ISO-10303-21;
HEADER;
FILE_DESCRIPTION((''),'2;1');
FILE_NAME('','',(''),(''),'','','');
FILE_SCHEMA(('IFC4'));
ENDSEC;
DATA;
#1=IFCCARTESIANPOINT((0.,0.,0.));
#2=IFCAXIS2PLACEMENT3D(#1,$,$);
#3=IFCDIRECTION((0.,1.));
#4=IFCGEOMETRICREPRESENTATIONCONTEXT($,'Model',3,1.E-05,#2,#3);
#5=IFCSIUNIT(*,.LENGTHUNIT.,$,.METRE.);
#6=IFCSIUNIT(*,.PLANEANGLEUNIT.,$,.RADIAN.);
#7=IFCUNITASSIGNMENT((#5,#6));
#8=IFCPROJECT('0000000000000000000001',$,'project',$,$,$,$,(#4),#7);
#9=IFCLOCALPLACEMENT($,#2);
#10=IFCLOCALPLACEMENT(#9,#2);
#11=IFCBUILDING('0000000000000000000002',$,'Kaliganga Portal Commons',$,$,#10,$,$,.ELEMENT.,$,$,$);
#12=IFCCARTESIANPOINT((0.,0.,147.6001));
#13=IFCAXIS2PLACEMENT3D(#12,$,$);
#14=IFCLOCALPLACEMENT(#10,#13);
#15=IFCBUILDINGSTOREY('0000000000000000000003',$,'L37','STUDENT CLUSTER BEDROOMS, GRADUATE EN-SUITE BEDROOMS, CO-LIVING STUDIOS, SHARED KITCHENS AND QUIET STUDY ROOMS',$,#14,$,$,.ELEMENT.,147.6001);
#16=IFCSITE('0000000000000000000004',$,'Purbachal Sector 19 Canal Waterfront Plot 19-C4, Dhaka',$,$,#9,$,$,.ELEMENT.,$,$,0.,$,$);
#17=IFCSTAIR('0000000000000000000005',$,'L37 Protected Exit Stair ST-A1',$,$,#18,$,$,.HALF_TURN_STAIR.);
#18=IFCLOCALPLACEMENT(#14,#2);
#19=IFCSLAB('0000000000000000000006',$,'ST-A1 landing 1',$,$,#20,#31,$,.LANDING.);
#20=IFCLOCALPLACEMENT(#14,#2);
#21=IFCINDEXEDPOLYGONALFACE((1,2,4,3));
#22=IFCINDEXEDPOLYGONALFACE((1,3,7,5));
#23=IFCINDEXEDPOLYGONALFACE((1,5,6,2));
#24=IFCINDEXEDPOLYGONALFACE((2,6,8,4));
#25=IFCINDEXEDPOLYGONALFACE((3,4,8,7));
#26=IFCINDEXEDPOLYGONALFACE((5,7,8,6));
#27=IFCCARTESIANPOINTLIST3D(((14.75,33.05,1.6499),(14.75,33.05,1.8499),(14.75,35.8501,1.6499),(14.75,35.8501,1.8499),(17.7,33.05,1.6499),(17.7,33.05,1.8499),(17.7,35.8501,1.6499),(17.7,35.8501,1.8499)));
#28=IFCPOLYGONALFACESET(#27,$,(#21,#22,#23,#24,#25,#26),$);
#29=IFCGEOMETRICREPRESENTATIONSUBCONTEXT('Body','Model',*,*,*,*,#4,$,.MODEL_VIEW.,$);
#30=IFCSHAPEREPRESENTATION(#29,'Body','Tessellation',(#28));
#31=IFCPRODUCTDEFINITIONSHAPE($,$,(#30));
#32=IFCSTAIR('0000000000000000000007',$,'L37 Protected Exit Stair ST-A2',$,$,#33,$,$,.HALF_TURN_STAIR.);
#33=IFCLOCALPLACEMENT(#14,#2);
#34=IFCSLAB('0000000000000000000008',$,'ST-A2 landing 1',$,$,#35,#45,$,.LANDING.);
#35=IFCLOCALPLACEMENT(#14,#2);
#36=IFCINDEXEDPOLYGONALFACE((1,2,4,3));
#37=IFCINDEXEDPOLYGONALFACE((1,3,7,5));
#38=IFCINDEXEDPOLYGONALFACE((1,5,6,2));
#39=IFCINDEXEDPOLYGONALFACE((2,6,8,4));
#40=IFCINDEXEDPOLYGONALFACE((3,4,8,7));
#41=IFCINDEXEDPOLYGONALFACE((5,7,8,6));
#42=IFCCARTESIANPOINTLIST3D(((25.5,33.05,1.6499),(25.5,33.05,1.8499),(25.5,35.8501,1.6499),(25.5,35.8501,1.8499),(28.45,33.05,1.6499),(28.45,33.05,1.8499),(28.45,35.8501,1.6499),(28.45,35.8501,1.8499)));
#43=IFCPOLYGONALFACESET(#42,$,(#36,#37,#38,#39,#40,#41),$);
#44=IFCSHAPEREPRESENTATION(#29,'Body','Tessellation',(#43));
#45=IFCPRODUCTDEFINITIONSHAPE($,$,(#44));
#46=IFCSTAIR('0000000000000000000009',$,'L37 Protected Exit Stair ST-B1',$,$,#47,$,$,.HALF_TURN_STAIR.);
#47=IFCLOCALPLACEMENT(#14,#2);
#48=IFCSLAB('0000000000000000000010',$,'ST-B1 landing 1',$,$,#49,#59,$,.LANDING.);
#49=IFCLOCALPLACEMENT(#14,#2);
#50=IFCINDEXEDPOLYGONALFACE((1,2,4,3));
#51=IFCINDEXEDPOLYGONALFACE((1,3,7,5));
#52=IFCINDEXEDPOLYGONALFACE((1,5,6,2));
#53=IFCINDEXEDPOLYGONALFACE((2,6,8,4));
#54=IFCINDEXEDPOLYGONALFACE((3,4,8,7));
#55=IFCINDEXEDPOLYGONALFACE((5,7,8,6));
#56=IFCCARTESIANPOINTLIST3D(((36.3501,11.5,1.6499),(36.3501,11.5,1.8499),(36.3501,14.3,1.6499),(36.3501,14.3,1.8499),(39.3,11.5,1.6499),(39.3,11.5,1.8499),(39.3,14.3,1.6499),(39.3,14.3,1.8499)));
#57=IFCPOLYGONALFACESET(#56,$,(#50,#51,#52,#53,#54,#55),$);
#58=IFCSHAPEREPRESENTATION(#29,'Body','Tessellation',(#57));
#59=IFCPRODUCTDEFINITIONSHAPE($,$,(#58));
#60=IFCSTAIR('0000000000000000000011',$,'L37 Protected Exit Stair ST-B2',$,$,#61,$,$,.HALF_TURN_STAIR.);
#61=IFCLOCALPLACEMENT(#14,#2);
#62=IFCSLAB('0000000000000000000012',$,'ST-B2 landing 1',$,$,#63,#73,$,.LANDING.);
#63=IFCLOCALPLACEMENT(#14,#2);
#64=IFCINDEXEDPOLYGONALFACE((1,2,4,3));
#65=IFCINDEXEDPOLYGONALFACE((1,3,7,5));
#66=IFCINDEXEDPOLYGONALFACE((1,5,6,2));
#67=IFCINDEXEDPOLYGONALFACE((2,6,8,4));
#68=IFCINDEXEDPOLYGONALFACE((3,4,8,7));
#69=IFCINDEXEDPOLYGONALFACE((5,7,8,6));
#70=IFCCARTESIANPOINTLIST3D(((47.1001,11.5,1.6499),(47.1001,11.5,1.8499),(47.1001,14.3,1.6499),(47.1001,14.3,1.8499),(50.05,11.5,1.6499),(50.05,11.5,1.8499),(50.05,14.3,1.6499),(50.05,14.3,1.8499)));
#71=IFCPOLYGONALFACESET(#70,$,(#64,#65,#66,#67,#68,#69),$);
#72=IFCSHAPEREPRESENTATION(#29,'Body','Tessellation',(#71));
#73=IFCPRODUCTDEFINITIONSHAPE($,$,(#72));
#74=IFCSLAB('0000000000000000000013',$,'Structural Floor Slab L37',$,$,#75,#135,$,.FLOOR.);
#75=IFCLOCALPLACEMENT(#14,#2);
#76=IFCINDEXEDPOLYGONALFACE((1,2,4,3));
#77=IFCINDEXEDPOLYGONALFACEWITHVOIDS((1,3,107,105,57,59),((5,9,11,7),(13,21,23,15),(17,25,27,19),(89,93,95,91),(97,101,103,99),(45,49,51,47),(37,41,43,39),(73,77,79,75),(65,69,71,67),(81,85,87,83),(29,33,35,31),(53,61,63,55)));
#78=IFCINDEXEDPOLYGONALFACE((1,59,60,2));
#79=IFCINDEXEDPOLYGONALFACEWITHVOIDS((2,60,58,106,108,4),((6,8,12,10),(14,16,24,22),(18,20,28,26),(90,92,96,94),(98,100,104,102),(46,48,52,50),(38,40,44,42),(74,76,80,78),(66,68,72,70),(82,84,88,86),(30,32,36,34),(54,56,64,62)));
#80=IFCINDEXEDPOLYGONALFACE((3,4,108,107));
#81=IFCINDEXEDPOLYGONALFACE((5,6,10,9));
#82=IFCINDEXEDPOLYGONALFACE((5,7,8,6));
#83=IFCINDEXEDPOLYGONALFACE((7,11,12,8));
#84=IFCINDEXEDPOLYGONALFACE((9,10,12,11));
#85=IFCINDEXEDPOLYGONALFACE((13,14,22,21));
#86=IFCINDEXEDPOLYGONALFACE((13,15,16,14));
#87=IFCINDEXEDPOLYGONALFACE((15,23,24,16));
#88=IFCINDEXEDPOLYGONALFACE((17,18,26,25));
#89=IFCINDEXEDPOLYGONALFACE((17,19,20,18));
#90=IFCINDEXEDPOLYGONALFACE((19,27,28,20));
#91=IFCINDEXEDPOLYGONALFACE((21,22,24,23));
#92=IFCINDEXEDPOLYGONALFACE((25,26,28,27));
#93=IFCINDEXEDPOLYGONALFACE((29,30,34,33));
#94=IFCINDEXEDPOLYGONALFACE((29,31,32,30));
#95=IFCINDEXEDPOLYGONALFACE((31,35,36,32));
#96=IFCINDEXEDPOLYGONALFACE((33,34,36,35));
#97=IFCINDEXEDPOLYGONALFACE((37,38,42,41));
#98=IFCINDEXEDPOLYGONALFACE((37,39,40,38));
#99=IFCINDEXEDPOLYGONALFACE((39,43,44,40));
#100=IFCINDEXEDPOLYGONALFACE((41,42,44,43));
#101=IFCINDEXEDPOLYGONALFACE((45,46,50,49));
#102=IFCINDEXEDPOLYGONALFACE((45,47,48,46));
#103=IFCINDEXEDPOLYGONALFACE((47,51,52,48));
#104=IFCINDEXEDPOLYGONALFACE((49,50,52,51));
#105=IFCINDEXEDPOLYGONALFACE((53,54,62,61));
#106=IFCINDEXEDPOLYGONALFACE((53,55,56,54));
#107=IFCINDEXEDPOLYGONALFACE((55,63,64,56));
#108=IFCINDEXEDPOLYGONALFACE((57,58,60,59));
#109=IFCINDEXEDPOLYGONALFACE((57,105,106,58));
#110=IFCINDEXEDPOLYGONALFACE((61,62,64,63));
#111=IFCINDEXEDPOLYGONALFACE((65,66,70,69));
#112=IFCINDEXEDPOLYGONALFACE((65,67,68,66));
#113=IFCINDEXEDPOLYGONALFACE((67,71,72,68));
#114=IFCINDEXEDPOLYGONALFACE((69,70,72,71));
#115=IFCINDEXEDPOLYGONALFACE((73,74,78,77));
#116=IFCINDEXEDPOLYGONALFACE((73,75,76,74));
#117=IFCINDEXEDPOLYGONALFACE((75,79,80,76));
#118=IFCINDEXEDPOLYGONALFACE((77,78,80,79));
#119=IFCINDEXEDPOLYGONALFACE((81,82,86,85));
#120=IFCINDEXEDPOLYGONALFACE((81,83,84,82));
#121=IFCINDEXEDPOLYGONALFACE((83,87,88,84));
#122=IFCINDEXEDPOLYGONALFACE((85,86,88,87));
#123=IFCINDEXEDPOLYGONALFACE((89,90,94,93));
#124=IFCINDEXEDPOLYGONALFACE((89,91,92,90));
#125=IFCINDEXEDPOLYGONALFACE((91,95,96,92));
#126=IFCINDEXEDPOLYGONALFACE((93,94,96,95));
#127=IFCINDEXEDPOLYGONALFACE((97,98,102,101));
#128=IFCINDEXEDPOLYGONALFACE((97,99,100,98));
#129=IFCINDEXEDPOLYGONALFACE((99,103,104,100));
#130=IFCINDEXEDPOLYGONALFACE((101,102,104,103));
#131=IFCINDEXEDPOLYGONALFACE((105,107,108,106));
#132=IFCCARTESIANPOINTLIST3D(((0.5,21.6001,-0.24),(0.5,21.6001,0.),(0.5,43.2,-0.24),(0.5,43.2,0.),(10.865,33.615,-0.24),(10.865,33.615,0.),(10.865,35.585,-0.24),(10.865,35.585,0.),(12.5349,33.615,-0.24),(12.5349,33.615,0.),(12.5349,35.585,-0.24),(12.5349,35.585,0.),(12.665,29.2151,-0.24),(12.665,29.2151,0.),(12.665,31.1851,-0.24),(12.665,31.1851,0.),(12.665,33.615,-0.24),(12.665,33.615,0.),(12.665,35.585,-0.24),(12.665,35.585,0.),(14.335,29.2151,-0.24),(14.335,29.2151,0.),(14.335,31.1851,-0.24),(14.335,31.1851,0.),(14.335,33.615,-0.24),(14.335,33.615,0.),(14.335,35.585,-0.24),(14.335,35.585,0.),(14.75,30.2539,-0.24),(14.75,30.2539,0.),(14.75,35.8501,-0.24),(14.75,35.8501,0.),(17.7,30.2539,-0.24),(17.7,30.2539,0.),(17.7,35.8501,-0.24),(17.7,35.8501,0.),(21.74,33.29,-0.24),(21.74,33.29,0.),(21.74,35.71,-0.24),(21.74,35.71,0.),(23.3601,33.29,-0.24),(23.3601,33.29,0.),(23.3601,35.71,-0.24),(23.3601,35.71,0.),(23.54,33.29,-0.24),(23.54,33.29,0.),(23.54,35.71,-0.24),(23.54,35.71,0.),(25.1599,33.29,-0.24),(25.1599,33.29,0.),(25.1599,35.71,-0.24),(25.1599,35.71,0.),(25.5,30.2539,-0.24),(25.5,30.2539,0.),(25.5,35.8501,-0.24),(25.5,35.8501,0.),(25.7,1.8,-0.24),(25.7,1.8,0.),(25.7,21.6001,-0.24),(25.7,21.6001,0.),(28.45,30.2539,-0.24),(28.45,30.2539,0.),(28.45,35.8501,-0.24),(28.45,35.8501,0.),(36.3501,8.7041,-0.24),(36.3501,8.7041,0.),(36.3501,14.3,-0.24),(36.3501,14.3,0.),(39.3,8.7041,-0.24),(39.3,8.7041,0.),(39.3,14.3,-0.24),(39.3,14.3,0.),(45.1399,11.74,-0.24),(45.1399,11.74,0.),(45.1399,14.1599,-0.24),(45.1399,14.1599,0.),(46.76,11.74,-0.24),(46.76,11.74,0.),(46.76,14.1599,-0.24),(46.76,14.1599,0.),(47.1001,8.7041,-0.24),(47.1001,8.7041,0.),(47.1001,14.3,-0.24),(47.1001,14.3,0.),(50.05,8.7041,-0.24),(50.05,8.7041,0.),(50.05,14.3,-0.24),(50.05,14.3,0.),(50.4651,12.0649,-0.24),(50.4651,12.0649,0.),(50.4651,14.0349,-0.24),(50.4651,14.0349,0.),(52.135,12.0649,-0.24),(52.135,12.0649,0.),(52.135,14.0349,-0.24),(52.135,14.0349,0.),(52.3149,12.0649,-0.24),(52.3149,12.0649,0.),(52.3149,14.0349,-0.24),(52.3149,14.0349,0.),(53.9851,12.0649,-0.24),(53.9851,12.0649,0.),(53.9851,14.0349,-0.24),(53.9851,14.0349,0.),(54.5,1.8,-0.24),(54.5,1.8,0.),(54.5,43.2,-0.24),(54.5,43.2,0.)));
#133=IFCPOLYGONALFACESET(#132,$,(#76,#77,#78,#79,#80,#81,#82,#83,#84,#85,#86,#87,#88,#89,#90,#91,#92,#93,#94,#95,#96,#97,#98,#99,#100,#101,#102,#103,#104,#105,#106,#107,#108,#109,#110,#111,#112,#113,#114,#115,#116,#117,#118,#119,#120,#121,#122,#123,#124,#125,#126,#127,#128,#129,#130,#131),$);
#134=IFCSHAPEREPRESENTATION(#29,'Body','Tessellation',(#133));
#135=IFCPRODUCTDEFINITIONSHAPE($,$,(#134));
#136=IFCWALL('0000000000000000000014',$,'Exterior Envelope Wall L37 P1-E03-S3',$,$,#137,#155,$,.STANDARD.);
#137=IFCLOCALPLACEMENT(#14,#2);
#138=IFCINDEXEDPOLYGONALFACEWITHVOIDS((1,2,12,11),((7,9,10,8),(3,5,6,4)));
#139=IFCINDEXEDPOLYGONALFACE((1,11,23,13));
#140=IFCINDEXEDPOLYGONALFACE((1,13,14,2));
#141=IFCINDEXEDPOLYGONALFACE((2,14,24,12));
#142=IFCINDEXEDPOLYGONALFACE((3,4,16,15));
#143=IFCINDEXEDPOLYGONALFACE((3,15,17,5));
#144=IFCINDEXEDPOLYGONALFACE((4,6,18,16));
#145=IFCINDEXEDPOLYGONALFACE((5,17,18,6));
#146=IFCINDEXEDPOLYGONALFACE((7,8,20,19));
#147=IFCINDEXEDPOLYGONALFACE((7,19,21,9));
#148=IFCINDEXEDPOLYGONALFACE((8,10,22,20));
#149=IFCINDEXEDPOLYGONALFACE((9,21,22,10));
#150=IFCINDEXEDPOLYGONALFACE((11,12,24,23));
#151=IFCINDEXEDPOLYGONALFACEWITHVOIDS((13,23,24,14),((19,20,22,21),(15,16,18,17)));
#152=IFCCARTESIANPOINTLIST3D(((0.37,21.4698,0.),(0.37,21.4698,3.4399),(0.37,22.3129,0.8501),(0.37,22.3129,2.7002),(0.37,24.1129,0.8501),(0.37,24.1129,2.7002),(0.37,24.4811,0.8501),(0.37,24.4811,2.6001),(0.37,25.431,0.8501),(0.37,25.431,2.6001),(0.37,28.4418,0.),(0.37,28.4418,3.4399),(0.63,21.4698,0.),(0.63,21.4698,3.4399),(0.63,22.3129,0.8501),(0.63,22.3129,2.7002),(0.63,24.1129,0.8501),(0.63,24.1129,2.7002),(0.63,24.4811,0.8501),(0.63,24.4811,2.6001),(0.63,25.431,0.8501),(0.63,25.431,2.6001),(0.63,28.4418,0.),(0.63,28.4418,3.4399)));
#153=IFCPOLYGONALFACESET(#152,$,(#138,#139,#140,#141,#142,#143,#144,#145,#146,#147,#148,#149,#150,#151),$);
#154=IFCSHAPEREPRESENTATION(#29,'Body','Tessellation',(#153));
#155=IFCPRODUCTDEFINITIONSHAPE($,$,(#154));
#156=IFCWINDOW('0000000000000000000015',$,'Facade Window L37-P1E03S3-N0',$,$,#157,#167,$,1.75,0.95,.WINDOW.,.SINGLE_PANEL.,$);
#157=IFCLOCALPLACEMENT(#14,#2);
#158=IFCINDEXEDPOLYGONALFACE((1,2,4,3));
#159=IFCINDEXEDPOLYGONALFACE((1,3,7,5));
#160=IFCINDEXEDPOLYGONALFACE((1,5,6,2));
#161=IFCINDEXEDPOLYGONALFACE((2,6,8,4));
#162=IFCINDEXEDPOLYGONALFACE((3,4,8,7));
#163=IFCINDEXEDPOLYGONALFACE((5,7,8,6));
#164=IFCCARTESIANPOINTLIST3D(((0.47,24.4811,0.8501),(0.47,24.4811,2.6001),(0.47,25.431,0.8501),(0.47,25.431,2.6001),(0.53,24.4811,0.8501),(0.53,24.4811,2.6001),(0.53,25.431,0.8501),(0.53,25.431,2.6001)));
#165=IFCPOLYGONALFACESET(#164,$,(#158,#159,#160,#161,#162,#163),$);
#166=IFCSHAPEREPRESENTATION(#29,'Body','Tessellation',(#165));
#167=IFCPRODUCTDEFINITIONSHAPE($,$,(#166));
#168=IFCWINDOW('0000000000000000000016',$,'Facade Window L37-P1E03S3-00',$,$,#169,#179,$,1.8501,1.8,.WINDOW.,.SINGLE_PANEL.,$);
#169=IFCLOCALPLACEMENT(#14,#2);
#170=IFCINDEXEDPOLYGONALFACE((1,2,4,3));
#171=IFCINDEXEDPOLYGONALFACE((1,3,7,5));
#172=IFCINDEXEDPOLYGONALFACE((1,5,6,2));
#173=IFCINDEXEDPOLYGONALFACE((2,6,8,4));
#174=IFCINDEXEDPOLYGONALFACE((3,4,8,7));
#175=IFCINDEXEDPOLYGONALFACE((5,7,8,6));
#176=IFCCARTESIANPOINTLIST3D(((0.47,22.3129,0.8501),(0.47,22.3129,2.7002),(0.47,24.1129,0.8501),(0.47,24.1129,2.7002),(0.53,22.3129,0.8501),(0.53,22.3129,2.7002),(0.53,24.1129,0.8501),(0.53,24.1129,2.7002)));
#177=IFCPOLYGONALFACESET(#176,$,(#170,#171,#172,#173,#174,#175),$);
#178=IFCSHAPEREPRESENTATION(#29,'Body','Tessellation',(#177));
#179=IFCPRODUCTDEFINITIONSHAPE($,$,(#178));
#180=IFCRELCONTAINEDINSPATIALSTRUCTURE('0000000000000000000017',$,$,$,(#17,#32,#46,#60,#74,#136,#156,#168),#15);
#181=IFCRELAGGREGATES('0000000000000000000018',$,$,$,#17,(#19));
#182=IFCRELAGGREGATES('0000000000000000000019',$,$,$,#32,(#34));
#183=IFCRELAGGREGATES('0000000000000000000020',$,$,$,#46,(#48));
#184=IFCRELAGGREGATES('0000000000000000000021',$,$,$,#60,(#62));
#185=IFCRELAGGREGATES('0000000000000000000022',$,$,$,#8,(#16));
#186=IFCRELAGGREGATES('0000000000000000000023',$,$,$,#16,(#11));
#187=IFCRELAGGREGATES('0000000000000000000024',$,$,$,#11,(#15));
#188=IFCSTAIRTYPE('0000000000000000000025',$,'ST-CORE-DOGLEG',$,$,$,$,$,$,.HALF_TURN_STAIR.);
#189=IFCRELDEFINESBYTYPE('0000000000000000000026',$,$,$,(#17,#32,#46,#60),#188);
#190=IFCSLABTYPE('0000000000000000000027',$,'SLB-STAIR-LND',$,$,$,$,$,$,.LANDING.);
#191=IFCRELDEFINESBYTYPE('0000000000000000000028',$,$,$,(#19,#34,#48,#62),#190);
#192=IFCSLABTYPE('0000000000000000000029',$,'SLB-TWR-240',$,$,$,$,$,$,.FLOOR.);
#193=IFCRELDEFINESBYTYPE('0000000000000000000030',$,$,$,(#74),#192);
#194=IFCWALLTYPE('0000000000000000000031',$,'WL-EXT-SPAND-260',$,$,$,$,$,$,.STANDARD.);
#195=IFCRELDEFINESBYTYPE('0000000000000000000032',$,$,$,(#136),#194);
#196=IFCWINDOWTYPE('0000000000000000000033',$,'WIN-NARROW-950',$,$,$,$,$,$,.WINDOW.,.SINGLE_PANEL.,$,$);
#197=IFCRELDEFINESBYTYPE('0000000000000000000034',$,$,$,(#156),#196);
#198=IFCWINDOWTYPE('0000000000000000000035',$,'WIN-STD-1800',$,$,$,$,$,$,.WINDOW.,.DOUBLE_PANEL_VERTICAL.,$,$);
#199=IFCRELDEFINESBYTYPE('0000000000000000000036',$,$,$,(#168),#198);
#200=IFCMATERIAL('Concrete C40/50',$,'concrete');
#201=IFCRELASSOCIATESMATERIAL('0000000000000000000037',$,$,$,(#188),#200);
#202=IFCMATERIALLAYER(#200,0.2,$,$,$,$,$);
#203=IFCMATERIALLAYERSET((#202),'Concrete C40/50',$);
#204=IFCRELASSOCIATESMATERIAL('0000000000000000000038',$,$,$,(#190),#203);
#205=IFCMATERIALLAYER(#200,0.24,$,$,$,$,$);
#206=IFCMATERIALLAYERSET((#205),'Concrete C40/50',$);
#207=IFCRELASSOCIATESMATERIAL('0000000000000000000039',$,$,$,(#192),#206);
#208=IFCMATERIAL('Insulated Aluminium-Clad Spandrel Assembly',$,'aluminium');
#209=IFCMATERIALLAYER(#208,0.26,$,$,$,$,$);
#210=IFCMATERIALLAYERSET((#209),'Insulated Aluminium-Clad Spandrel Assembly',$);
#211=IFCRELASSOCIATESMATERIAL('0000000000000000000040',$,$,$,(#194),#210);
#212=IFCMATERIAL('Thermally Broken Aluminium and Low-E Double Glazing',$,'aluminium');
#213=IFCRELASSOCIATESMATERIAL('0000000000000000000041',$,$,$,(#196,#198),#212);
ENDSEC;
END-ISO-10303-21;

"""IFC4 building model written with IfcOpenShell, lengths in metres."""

from ifc_helpers import new_model, si_unit, direction, frame, frame_2d, origin, place, context, subcontext, project, spatial, polyline, rectangle, outline, extrude, material, layer, layer_set, type_object, element, fill, aggregate, save


model = new_model("IFC4")

# Units and contexts
model_context = context("Model", 3, precision=1e-05, world=origin(), true_north=direction((0.0, 1.0)))
body_context = subcontext(model_context, "Body", "Model", "MODEL_VIEW")
ifc_project = project(units=[si_unit("LENGTHUNIT", "METRE"), si_unit("PLANEANGLEUNIT", "RADIAN")], contexts=[model_context])

# Site, building, storey
site_placement = place(None, origin())
site = spatial("IfcSite", under=ifc_project, at=site_placement, Name="Purbachal Sector 19 Canal Waterfront Plot 19-C4, Dhaka", CompositionType="ELEMENT", RefElevation=0.0)
building_placement = place(site_placement, origin())
building = spatial("IfcBuilding", under=site, at=building_placement, Name="Kaliganga Portal Commons", CompositionType="ELEMENT")
storey_placement = place(building_placement, frame((0.0, 0.0, 147.6001)))
storey = spatial("IfcBuildingStorey", under=building, at=storey_placement, Name="L37", Description="STUDENT CLUSTER BEDROOMS, GRADUATE EN-SUITE BEDROOMS, CO-LIVING STUDIOS, SHARED KITCHENS AND QUIET STUDY ROOMS", CompositionType="ELEMENT", Elevation=147.6001)

# Shared definitions
ifc_material_1 = material(Name="Concrete C40/50", Category="concrete")

# Stairs, slabs
stair_type = type_object("IfcStairType", Name="ST-CORE-DOGLEG", PredefinedType="HALF_TURN_STAIR", material=ifc_material_1)
stair_1_placement = place(storey_placement, origin())
stair_1 = element("IfcStair", 1, at=stair_1_placement, inside=storey, type_object=stair_type, Name="L37 Protected Exit Stair ST-A1", PredefinedType="HALF_TURN_STAIR")
ifc_layer_1 = layer(ifc_material_1, 0.2)
ifc_layer_set_1 = layer_set([ifc_layer_1], Name="Concrete C40/50")
slab_type_1 = type_object("IfcSlabType", Name="SLB-STAIR-LND", PredefinedType="LANDING", material=ifc_layer_set_1)
slab_1_placement = place(storey_placement, frame((0.0, 0.0, 1.6499)))
slab_1 = element("IfcSlab", 2, at=slab_1_placement, type_object=slab_type_1, Name="ST-A1 landing 1", PredefinedType="LANDING", context=body_context, shape_type="SweptSolid", body=[
    extrude(outline(polyline([(17.7, 33.05), (17.7, 35.8501), (14.75, 35.8501), (14.75, 33.05), (17.7, 33.05)])), origin(), (0.0, 0.0, 1.0), 0.2),
])
aggregate(stair_1, [slab_1])
stair_2_placement = place(storey_placement, origin())
stair_2 = element("IfcStair", 3, at=stair_2_placement, inside=storey, type_object=stair_type, Name="L37 Protected Exit Stair ST-A2", PredefinedType="HALF_TURN_STAIR")
slab_2_placement = place(storey_placement, frame((0.0, 0.0, 1.6499)))
slab_2 = element("IfcSlab", 4, at=slab_2_placement, type_object=slab_type_1, Name="ST-A2 landing 1", PredefinedType="LANDING", context=body_context, shape_type="SweptSolid", body=[
    extrude(outline(polyline([(28.45, 33.05), (28.45, 35.8501), (25.5, 35.8501), (25.5, 33.05), (28.45, 33.05)])), origin(), (0.0, 0.0, 1.0), 0.2),
])
aggregate(stair_2, [slab_2])
stair_3_placement = place(storey_placement, origin())
stair_3 = element("IfcStair", 5, at=stair_3_placement, inside=storey, type_object=stair_type, Name="L37 Protected Exit Stair ST-B1", PredefinedType="HALF_TURN_STAIR")
slab_3_placement = place(storey_placement, frame((0.0, 0.0, 1.6499)))
slab_3 = element("IfcSlab", 6, at=slab_3_placement, type_object=slab_type_1, Name="ST-B1 landing 1", PredefinedType="LANDING", context=body_context, shape_type="SweptSolid", body=[
    extrude(outline(polyline([(39.3, 11.5), (39.3, 14.3), (36.3501, 14.3), (36.3501, 11.5), (39.3, 11.5)])), origin(), (0.0, 0.0, 1.0), 0.2),
])
aggregate(stair_3, [slab_3])
stair_4_placement = place(storey_placement, origin())
stair_4 = element("IfcStair", 7, at=stair_4_placement, inside=storey, type_object=stair_type, Name="L37 Protected Exit Stair ST-B2", PredefinedType="HALF_TURN_STAIR")
slab_4_placement = place(storey_placement, frame((0.0, 0.0, 1.6499)))
slab_4 = element("IfcSlab", 8, at=slab_4_placement, type_object=slab_type_1, Name="ST-B2 landing 1", PredefinedType="LANDING", context=body_context, shape_type="SweptSolid", body=[
    extrude(outline(polyline([(50.05, 11.5), (50.05, 14.3), (47.1001, 14.3), (47.1001, 11.5), (50.05, 11.5)])), origin(), (0.0, 0.0, 1.0), 0.2),
])
aggregate(stair_4, [slab_4])

# Slab
ifc_layer_2 = layer(ifc_material_1, 0.24)
ifc_layer_set_2 = layer_set([ifc_layer_2], Name="Concrete C40/50")
slab_type_2 = type_object("IfcSlabType", Name="SLB-TWR-240", PredefinedType="FLOOR", material=ifc_layer_set_2)
slab_5_placement = place(storey_placement, frame((0.0, 0.0, -0.24)))
element("IfcSlab", 9, at=slab_5_placement, inside=storey, type_object=slab_type_2, Name="Structural Floor Slab L37", PredefinedType="FLOOR", context=body_context, shape_type="SweptSolid", body=[
    extrude(outline(polyline([(25.7, 1.8), (54.5, 1.8), (54.5, 43.2), (0.5, 43.2), (0.5, 21.6001), (25.7, 21.6001), (25.7, 1.8)]), holes=[polyline([(14.75, 30.2539), (14.75, 35.8501), (17.7, 35.8501), (17.7, 30.2539), (14.75, 30.2539)]), polyline([(25.5, 30.2539), (25.5, 35.8501), (28.45, 35.8501), (28.45, 30.2539), (25.5, 30.2539)]), polyline([(36.3501, 8.7041), (36.3501, 14.3), (39.3, 14.3), (39.3, 8.7041), (36.3501, 8.7041)]), polyline([(47.1001, 8.7041), (47.1001, 14.3), (50.05, 14.3), (50.05, 8.7041), (47.1001, 8.7041)]), polyline([(12.665, 33.615), (12.665, 35.585), (14.335, 35.585), (14.335, 33.615), (12.665, 33.615)]), polyline([(12.665, 29.2151), (12.665, 31.1851), (14.335, 31.1851), (14.335, 29.2151), (12.665, 29.2151)]), polyline([(10.865, 33.615), (10.865, 35.585), (12.5349, 35.585), (12.5349, 33.615), (10.865, 33.615)]), polyline([(21.74, 33.29), (21.74, 35.71), (23.3601, 35.71), (23.3601, 33.29), (21.74, 33.29)]), polyline([(23.54, 33.29), (23.54, 35.71), (25.1599, 35.71), (25.1599, 33.29), (23.54, 33.29)]), polyline([(50.4651, 12.0649), (50.4651, 14.0349), (52.135, 14.0349), (52.135, 12.0649), (50.4651, 12.0649)]), polyline([(52.3149, 12.0649), (52.3149, 14.0349), (53.9851, 14.0349), (53.9851, 12.0649), (52.3149, 12.0649)]), polyline([(45.1399, 11.74), (45.1399, 14.1599), (46.76, 14.1599), (46.76, 11.74), (45.1399, 11.74)])]), origin(), (0.0, 0.0, 1.0), 0.24),
])

# Wall, openings, windows
ifc_material_2 = material(Name="Insulated Aluminium-Clad Spandrel Assembly", Category="aluminium")
ifc_layer_3 = layer(ifc_material_2, 0.26)
ifc_layer_set_3 = layer_set([ifc_layer_3], Name="Insulated Aluminium-Clad Spandrel Assembly")
wall_type_1 = type_object("IfcWallType", Name="WL-EXT-SPAND-260", PredefinedType="STANDARD", material=ifc_layer_set_3)
wall_1_placement = place(storey_placement, frame((0.5, 21.47, 0.0), z_axis=(0.0, 0.0, 1.0), x_axis=(0.0, 1.0, 0.0)))
wall_1 = element("IfcWall", 10, at=wall_1_placement, inside=storey, type_object=wall_type_1, Name="Exterior Envelope Wall L37 P1-E03-S3", PredefinedType="STANDARD", context=body_context, shape_type="SweptSolid", body=[
    extrude(rectangle(XDim=6.9719, YDim=0.26, at=frame_2d((3.4858, 0.0))), origin(), (0.0, 0.0, 1.0), 3.4399),
])
opening_1_placement = place(wall_1_placement, frame((0.843, 0.0, 0.8501)))
opening_1 = element("IfcOpeningElement", 11, at=opening_1_placement, cuts=wall_1, PredefinedType="OPENING", context=body_context, shape_type="SweptSolid", body=[
    extrude(rectangle(XDim=1.8, YDim=1.8501, at=frame_2d((0.8999, 0.925))), frame((0.0, 0.1401, 0.0), z_axis=(0.0, -1.0, 0.0), x_axis=(1.0, 0.0, 0.0)), (0.0, 0.0, 1.0), 0.28),
])
opening_2_placement = place(wall_1_placement, frame((3.011, 0.0, 0.8501)))
opening_2 = element("IfcOpeningElement", 12, at=opening_2_placement, cuts=wall_1, PredefinedType="OPENING", context=body_context, shape_type="SweptSolid", body=[
    extrude(rectangle(XDim=0.95, YDim=1.75, at=frame_2d((0.4751, 0.875))), frame((0.0, 0.1401, 0.0), z_axis=(0.0, -1.0, 0.0), x_axis=(1.0, 0.0, 0.0)), (0.0, 0.0, 1.0), 0.28),
])
ifc_material_3 = material(Name="Thermally Broken Aluminium and Low-E Double Glazing", Category="aluminium")
window_type_1 = type_object("IfcWindowType", Name="WIN-NARROW-950", PartitioningType="SINGLE_PANEL", PredefinedType="WINDOW", material=ifc_material_3)
window_1_placement = place(opening_2_placement, origin())
window_1 = element("IfcWindow", 13, at=window_1_placement, inside=storey, type_object=window_type_1, Name="Facade Window L37-P1E03S3-N0", OverallHeight=1.75, OverallWidth=0.95, PartitioningType="SINGLE_PANEL", PredefinedType="WINDOW", context=body_context, shape_type="SweptSolid", body=[
    extrude(rectangle(XDim=0.95, YDim=1.75, at=frame_2d((0.4751, 0.875))), frame((0.0, 0.03, 0.0), z_axis=(0.0, -1.0, 0.0), x_axis=(1.0, 0.0, 0.0)), (0.0, 0.0, 1.0), 0.0601),
])
fill(opening_2, window_1)
window_type_2 = type_object("IfcWindowType", Name="WIN-STD-1800", PartitioningType="DOUBLE_PANEL_VERTICAL", PredefinedType="WINDOW", material=ifc_material_3)
window_2_placement = place(opening_1_placement, origin())
window_2 = element("IfcWindow", 14, at=window_2_placement, inside=storey, type_object=window_type_2, Name="Facade Window L37-P1E03S3-00", OverallHeight=1.8501, OverallWidth=1.8, PartitioningType="SINGLE_PANEL", PredefinedType="WINDOW", context=body_context, shape_type="SweptSolid", body=[
    extrude(rectangle(XDim=1.8, YDim=1.8501, at=frame_2d((0.8999, 0.925))), frame((0.0, 0.03, 0.0), z_axis=(0.0, -1.0, 0.0), x_axis=(1.0, 0.0, 0.0)), (0.0, 0.0, 1.0), 0.0601),
])
fill(opening_1, window_2)

save(model, "model.ifc")
